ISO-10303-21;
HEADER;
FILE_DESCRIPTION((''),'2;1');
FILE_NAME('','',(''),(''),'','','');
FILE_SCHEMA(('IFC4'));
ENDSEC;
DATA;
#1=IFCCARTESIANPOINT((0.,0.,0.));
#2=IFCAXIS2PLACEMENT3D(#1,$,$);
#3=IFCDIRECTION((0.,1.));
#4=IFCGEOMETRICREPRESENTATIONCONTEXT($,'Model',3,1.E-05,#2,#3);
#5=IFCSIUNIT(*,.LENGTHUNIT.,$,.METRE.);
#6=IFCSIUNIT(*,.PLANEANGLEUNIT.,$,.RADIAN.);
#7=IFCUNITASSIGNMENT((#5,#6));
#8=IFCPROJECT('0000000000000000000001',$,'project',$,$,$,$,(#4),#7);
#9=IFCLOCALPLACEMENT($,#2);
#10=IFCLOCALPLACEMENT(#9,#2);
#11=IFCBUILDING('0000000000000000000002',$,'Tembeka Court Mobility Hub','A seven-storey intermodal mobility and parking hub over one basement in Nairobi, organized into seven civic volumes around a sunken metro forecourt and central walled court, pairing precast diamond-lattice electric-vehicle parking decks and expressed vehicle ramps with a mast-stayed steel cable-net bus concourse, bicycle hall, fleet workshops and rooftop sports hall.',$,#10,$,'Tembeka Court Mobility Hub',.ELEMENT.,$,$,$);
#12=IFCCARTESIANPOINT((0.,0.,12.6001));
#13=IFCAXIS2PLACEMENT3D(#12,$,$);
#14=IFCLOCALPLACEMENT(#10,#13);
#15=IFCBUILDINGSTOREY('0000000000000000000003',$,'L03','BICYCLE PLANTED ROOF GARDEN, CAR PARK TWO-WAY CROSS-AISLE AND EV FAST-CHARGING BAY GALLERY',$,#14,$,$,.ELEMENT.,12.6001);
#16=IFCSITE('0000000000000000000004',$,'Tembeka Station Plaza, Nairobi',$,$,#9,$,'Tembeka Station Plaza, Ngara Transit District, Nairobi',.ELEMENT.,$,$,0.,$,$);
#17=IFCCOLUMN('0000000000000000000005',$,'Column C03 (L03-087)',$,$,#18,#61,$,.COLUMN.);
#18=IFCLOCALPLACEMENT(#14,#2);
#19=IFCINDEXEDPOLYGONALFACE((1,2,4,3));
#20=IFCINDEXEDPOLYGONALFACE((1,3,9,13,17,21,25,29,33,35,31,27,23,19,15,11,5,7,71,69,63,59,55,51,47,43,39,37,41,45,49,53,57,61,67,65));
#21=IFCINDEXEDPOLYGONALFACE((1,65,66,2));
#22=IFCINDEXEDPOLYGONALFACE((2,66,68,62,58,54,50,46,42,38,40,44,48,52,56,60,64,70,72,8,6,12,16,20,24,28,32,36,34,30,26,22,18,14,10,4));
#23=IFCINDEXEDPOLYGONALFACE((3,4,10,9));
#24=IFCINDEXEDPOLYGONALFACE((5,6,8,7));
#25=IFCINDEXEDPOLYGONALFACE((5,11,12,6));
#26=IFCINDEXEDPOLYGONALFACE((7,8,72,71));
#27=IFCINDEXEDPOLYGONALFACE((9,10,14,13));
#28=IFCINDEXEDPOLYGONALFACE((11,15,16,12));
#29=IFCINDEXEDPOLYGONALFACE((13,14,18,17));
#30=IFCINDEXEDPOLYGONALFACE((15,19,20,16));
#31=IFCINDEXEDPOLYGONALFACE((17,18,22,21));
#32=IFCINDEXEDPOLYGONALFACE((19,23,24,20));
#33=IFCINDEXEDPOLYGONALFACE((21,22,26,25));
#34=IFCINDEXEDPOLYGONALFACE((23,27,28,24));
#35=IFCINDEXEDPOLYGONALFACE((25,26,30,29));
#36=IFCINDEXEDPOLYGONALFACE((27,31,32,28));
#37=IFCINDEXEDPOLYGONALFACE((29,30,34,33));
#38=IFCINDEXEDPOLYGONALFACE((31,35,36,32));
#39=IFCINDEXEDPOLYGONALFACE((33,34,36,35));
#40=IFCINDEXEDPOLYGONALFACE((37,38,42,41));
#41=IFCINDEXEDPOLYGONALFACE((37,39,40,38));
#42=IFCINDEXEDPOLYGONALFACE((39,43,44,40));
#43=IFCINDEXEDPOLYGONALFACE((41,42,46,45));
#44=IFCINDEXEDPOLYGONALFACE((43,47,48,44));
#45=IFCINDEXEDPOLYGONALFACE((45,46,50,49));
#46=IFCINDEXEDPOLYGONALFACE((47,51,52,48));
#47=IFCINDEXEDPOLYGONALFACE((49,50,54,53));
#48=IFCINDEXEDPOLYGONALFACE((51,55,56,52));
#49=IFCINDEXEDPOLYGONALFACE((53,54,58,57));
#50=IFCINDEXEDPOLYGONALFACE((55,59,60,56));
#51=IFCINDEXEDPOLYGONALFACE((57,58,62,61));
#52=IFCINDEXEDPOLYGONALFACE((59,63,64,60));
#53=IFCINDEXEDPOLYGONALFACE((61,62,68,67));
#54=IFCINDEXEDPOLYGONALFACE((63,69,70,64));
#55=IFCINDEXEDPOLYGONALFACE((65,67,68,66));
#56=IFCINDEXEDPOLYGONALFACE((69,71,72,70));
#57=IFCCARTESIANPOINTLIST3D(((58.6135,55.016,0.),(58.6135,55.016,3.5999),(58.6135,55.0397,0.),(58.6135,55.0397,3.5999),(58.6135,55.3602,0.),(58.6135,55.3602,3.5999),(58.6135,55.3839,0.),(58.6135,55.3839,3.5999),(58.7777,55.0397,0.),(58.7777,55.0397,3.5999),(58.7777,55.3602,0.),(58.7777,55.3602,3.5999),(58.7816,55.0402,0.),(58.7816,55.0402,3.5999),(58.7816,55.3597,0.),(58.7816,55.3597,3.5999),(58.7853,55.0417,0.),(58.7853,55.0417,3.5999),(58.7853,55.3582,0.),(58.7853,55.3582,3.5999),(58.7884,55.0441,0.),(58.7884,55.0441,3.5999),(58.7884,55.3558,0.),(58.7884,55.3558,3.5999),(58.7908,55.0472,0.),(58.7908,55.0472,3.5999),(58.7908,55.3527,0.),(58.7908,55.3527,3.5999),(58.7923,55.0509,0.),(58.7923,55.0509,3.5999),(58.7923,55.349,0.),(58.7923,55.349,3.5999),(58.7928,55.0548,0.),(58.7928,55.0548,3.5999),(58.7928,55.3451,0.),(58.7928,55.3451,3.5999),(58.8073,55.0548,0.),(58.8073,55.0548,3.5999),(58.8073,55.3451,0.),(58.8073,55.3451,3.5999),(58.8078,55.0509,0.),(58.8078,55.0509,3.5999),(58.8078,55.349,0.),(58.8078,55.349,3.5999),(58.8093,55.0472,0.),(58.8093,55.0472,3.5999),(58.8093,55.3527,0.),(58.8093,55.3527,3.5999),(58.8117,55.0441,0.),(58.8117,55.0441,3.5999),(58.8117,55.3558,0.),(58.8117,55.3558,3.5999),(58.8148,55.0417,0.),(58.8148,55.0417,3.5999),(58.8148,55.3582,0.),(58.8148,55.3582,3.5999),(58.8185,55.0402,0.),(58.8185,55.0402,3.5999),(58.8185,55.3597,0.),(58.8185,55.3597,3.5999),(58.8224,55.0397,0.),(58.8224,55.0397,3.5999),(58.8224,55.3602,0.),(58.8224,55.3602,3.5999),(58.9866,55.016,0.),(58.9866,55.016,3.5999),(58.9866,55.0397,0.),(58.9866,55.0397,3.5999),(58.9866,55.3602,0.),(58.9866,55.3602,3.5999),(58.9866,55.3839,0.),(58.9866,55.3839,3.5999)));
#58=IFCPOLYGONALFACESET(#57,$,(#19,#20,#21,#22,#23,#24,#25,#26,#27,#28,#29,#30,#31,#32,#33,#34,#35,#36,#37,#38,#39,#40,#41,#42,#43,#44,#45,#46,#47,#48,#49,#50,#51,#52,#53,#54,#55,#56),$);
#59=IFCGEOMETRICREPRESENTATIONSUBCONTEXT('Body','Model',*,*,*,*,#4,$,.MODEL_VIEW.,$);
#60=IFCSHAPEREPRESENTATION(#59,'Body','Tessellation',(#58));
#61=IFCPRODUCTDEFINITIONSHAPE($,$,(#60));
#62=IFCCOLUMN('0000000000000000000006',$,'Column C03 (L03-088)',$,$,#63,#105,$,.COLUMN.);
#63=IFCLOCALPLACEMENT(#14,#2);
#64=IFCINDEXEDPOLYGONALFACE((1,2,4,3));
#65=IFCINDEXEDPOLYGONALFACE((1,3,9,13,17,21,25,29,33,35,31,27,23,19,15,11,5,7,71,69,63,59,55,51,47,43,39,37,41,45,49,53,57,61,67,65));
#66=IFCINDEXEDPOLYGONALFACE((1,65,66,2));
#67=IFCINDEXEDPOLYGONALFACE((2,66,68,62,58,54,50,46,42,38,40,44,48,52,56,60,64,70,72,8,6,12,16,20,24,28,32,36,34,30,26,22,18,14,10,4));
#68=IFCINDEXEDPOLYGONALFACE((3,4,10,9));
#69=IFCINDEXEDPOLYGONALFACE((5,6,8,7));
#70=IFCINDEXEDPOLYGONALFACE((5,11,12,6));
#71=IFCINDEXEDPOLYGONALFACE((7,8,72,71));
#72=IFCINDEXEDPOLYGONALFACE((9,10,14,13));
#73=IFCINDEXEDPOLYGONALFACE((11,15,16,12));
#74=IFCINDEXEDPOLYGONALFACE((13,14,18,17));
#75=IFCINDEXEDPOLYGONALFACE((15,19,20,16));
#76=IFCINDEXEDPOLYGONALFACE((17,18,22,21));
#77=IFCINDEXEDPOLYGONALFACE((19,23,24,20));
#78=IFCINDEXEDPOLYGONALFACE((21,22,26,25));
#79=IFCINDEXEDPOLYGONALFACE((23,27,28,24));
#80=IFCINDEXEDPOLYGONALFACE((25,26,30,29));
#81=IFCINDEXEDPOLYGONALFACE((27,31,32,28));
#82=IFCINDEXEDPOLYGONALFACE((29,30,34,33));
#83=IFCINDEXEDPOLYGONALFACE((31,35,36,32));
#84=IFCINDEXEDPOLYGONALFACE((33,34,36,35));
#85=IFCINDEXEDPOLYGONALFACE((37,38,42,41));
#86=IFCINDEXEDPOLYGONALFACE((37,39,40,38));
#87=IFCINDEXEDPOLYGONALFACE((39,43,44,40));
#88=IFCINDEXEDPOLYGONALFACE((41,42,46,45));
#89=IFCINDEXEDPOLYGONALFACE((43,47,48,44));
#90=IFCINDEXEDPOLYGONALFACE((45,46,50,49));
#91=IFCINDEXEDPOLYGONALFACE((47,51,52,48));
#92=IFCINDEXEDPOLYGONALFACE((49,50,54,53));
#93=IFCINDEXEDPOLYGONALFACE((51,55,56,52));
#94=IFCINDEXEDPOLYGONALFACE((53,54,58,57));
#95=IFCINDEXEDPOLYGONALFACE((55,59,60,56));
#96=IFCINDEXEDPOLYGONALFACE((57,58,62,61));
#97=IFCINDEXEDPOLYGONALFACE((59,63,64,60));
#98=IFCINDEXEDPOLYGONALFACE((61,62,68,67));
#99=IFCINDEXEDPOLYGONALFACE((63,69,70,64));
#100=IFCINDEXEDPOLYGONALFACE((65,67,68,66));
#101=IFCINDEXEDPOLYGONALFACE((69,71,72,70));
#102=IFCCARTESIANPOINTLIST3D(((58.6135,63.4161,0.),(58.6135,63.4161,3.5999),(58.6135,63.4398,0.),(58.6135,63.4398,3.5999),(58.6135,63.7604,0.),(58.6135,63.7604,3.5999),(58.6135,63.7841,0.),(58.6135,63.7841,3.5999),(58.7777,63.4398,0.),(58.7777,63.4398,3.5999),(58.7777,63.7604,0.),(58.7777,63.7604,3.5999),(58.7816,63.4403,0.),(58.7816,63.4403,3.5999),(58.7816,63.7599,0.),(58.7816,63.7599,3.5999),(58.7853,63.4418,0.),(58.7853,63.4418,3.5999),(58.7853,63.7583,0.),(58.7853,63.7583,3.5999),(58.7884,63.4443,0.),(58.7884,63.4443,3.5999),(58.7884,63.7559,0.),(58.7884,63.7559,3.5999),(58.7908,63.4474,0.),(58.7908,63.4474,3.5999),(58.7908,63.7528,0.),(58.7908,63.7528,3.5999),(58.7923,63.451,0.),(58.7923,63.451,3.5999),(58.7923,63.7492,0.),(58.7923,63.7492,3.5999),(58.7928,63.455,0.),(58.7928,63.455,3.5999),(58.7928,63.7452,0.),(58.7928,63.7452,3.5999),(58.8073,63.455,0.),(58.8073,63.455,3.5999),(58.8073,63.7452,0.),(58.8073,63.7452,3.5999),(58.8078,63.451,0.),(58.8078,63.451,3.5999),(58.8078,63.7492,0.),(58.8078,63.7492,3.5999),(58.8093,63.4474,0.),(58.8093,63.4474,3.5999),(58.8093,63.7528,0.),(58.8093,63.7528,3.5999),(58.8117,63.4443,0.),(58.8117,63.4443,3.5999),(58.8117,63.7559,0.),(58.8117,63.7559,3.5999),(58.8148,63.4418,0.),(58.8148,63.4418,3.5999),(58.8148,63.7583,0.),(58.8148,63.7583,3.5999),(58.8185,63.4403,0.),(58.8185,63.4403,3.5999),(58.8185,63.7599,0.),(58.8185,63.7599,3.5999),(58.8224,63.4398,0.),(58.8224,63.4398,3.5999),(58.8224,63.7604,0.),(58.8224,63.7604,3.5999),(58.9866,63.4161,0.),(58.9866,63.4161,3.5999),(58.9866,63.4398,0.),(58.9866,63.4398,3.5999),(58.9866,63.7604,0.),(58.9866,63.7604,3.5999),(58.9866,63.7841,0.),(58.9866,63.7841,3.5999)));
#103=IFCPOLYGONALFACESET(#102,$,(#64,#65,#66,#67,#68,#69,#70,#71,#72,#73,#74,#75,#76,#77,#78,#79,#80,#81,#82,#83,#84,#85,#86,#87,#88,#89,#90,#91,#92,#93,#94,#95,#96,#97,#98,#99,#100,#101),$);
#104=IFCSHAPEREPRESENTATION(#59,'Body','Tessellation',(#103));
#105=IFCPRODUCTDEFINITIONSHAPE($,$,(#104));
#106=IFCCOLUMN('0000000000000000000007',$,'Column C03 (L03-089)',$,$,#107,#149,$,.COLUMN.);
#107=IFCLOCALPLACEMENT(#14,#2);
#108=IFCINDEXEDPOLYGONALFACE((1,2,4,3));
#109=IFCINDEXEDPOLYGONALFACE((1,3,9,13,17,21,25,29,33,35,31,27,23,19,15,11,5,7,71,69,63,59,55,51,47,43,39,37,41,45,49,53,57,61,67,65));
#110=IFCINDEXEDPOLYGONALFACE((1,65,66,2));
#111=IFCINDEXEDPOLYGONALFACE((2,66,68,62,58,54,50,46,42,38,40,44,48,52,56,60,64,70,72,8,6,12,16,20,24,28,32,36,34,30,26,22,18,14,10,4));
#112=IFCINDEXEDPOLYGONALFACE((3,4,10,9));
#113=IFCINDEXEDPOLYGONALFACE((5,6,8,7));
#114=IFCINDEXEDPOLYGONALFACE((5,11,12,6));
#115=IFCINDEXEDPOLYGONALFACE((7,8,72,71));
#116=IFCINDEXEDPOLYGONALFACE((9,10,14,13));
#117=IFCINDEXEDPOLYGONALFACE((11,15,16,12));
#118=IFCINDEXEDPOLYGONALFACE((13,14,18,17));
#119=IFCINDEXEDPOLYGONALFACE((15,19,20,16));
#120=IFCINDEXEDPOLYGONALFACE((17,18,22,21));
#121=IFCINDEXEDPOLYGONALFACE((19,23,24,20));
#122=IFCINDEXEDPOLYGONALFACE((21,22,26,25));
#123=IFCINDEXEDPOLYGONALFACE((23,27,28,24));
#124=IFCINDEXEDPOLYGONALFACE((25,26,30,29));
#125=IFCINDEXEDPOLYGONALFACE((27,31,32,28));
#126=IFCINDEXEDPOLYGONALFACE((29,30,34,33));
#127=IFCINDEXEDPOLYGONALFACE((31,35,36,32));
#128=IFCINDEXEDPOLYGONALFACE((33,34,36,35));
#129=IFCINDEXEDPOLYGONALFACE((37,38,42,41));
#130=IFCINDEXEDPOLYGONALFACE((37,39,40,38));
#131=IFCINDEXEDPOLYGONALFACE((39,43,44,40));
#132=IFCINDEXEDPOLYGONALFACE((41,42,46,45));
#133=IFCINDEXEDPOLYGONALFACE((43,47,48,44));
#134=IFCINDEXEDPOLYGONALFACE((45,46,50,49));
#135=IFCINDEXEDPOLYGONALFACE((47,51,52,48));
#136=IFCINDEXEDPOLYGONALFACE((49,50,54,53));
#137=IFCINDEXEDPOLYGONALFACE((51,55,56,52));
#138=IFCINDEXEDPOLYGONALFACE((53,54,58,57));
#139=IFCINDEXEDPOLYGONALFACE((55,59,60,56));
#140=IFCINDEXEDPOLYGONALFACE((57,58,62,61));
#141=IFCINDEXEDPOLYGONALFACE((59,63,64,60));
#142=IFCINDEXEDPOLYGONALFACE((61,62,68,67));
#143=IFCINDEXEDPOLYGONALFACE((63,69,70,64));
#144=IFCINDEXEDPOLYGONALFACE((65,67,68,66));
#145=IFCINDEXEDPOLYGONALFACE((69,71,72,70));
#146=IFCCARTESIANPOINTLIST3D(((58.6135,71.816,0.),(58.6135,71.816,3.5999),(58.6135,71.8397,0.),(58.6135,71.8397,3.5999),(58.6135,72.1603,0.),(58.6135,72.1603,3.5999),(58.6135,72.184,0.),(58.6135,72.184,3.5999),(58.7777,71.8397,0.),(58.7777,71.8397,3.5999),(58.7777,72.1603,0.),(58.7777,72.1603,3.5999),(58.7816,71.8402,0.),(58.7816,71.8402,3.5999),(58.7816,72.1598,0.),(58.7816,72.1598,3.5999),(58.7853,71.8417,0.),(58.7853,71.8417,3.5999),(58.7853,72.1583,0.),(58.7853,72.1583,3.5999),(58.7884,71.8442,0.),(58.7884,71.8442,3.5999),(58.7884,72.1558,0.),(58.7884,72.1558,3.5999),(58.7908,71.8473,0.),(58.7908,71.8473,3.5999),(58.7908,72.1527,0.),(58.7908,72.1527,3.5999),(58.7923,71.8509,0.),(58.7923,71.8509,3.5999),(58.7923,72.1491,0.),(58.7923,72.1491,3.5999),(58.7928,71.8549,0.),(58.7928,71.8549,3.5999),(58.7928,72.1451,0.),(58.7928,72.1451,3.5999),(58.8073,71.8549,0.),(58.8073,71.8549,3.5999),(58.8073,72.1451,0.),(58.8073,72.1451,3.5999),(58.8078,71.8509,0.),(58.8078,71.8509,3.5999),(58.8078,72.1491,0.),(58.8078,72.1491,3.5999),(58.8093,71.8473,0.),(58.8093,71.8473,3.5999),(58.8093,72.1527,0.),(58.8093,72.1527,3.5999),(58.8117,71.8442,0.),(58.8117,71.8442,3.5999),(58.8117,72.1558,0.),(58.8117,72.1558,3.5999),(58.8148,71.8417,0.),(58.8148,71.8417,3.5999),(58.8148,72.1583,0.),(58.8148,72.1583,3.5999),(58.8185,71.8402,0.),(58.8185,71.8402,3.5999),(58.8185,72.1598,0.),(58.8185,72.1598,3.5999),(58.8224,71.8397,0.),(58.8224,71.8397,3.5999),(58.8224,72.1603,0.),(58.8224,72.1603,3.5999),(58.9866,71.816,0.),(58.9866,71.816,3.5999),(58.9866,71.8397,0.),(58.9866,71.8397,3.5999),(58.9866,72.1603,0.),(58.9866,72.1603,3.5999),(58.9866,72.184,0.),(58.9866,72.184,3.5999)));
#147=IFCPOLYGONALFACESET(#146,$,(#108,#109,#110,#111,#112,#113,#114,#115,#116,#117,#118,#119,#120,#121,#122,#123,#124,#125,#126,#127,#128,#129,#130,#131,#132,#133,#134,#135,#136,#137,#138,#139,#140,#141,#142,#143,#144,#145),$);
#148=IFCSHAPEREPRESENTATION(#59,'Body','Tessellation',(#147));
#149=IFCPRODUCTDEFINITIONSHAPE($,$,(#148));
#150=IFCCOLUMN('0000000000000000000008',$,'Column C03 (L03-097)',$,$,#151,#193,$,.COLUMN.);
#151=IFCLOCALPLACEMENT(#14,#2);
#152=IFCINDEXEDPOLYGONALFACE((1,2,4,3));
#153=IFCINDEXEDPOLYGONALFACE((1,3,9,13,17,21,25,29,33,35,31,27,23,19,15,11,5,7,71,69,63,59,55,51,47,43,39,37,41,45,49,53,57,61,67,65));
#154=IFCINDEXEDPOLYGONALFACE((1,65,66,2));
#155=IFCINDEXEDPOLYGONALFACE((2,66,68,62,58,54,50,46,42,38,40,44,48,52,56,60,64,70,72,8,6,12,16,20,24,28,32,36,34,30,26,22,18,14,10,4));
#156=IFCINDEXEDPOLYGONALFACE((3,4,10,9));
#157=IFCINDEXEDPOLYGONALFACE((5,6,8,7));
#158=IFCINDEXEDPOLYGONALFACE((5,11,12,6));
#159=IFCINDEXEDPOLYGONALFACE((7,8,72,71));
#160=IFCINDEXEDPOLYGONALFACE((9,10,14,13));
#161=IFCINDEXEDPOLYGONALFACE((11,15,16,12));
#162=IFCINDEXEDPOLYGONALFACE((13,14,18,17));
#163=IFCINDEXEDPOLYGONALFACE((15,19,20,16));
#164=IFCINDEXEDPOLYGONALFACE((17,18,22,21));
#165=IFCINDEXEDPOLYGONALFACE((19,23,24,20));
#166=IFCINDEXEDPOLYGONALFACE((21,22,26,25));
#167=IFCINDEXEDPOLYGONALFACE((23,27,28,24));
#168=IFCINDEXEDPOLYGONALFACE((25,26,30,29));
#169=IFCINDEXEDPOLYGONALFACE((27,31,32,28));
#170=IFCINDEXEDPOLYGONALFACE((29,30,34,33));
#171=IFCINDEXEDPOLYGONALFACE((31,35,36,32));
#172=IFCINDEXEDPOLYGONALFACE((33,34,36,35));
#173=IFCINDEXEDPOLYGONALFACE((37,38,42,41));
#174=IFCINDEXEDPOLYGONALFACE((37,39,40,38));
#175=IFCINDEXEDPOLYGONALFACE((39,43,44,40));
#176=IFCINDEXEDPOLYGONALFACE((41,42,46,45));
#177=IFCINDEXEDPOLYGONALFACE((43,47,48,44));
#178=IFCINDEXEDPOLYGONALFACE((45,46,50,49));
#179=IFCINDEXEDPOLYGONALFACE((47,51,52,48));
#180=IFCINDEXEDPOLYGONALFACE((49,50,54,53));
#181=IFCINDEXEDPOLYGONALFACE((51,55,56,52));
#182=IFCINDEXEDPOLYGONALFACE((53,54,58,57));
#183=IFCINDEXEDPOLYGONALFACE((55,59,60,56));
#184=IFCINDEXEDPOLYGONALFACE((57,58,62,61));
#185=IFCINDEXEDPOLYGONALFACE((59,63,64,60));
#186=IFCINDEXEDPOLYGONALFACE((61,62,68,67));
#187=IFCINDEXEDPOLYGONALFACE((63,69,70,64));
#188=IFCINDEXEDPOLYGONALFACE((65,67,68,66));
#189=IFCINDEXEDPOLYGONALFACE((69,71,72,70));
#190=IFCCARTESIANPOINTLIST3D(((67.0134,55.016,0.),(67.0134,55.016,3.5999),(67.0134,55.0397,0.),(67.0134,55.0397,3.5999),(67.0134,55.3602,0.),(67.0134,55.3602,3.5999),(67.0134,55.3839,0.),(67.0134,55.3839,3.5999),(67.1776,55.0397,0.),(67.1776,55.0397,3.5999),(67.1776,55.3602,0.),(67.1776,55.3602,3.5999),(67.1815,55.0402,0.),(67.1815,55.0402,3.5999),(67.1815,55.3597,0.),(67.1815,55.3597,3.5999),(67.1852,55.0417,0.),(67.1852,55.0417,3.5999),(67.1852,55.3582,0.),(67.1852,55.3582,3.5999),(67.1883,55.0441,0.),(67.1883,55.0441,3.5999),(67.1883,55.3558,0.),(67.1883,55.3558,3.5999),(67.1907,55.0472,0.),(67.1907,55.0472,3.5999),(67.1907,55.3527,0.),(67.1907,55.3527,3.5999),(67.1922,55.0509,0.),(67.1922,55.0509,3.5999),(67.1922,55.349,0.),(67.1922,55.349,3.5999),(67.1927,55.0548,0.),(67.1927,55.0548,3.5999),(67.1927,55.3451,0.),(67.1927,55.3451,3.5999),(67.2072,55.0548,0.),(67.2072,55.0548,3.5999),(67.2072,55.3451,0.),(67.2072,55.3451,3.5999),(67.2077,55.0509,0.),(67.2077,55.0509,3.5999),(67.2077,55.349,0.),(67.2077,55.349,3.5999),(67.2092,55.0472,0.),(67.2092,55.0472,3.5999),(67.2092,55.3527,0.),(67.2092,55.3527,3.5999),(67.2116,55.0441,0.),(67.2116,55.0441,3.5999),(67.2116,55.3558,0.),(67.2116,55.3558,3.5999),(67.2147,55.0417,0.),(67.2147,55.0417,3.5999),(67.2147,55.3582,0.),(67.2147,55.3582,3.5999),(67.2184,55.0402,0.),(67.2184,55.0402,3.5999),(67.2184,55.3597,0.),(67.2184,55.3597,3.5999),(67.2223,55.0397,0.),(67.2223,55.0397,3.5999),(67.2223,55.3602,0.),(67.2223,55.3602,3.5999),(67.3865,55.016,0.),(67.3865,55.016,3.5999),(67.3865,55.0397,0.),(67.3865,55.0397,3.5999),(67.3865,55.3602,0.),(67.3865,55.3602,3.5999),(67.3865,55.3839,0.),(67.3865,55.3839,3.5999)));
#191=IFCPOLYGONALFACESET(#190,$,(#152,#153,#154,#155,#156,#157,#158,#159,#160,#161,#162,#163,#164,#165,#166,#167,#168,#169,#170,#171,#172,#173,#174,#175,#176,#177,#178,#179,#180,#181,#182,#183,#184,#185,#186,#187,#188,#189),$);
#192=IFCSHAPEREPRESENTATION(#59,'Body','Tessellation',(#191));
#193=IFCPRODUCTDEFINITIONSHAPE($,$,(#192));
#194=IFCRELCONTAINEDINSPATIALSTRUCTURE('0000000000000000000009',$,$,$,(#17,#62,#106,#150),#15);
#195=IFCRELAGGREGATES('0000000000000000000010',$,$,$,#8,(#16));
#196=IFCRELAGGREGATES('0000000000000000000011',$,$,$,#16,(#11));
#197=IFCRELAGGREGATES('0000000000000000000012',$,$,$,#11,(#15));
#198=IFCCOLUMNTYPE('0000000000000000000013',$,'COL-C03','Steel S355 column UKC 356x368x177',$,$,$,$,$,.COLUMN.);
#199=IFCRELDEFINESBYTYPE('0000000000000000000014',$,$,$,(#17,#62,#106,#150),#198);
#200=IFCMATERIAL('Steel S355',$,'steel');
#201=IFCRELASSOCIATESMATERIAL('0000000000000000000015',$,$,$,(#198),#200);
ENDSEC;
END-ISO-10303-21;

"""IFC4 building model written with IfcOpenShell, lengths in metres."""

from ifc_helpers import new_model, si_unit, direction, frame, origin, origin_2d, place, context, subcontext, project, spatial, i_section, extrude, material, material_profile, profile_set, type_object, element, save


model = new_model("IFC4")

# Units and contexts
model_context = context("Model", 3, precision=1e-05, world=origin(), true_north=direction((0.0, 1.0)))
body_context = subcontext(model_context, "Body", "Model", "MODEL_VIEW")
ifc_project = project(units=[si_unit("LENGTHUNIT", "METRE"), si_unit("PLANEANGLEUNIT", "RADIAN")], contexts=[model_context])

# Site, building, storey
site_placement = place(None, origin())
site = spatial("IfcSite", under=ifc_project, at=site_placement, Name="Tembeka Station Plaza, Nairobi", LongName="Tembeka Station Plaza, Ngara Transit District, Nairobi", CompositionType="ELEMENT", RefElevation=0.0)
building_placement = place(site_placement, origin())
building = spatial("IfcBuilding", under=site, at=building_placement, Name="Tembeka Court Mobility Hub", Description="A seven-storey intermodal mobility and parking hub over one basement in Nairobi, organized into seven civic volumes around a sunken metro forecourt and central walled court, pairing precast diamond-lattice electric-vehicle parking decks and expressed vehicle ramps with a mast-stayed steel cable-net bus concourse, bicycle hall, fleet workshops and rooftop sports hall.", LongName="Tembeka Court Mobility Hub", CompositionType="ELEMENT")
storey_placement = place(building_placement, frame((0.0, 0.0, 12.6001)))
storey = spatial("IfcBuildingStorey", under=building, at=storey_placement, Name="L03", Description="BICYCLE PLANTED ROOF GARDEN, CAR PARK TWO-WAY CROSS-AISLE AND EV FAST-CHARGING BAY GALLERY", CompositionType="ELEMENT", Elevation=12.6001)

# Columns
ifc_material_1 = material(Name="Steel S355", Category="steel")
ifc_material_profile_1 = material_profile(ifc_material_1, i_section(OverallWidth=0.373, OverallDepth=0.3679, WebThickness=0.0144, FlangeThickness=0.0237, FilletRadius=0.0151, at=origin_2d()), Name="UKC 356x368x177")
ifc_profile_set_1 = profile_set([ifc_material_profile_1], Name="Steel S355")
column_type = type_object("IfcColumnType", Name="COL-C03", Description="Steel S355 column UKC 356x368x177", PredefinedType="COLUMN", material=ifc_profile_set_1)
for number, where, z_axis, x_axis, name in (
    (1, (58.8, 55.2, 0.0), (0.0, 0.0, 1.0), (1.0, 0.0, 0.0), "Column C03 (L03-087)"),
    (2, (58.8, 63.6001, 0.0), (0.0, 0.0, 1.0), (1.0, 0.0, 0.0), "Column C03 (L03-088)"),
    (3, (58.8, 72.0, 0.0), (0.0, 0.0, 1.0), (1.0, 0.0, 0.0), "Column C03 (L03-089)"),
    (4, (67.2, 55.2, 0.0), (0.0, 0.0, 1.0), (1.0, 0.0, 0.0), "Column C03 (L03-097)"),
):
    element("IfcColumn", number, at=place(storey_placement, frame(where, z_axis=z_axis, x_axis=x_axis)), inside=storey, type_object=column_type, Name=name, PredefinedType="COLUMN", context=body_context, shape_type="SweptSolid", body=[
        extrude(i_section(OverallWidth=0.373, OverallDepth=0.3679, WebThickness=0.0144, FlangeThickness=0.0237, FilletRadius=0.0151, at=origin_2d()), origin(), (0.0, 0.0, 1.0), 3.5999),
    ])

save(model, "model.ifc")
